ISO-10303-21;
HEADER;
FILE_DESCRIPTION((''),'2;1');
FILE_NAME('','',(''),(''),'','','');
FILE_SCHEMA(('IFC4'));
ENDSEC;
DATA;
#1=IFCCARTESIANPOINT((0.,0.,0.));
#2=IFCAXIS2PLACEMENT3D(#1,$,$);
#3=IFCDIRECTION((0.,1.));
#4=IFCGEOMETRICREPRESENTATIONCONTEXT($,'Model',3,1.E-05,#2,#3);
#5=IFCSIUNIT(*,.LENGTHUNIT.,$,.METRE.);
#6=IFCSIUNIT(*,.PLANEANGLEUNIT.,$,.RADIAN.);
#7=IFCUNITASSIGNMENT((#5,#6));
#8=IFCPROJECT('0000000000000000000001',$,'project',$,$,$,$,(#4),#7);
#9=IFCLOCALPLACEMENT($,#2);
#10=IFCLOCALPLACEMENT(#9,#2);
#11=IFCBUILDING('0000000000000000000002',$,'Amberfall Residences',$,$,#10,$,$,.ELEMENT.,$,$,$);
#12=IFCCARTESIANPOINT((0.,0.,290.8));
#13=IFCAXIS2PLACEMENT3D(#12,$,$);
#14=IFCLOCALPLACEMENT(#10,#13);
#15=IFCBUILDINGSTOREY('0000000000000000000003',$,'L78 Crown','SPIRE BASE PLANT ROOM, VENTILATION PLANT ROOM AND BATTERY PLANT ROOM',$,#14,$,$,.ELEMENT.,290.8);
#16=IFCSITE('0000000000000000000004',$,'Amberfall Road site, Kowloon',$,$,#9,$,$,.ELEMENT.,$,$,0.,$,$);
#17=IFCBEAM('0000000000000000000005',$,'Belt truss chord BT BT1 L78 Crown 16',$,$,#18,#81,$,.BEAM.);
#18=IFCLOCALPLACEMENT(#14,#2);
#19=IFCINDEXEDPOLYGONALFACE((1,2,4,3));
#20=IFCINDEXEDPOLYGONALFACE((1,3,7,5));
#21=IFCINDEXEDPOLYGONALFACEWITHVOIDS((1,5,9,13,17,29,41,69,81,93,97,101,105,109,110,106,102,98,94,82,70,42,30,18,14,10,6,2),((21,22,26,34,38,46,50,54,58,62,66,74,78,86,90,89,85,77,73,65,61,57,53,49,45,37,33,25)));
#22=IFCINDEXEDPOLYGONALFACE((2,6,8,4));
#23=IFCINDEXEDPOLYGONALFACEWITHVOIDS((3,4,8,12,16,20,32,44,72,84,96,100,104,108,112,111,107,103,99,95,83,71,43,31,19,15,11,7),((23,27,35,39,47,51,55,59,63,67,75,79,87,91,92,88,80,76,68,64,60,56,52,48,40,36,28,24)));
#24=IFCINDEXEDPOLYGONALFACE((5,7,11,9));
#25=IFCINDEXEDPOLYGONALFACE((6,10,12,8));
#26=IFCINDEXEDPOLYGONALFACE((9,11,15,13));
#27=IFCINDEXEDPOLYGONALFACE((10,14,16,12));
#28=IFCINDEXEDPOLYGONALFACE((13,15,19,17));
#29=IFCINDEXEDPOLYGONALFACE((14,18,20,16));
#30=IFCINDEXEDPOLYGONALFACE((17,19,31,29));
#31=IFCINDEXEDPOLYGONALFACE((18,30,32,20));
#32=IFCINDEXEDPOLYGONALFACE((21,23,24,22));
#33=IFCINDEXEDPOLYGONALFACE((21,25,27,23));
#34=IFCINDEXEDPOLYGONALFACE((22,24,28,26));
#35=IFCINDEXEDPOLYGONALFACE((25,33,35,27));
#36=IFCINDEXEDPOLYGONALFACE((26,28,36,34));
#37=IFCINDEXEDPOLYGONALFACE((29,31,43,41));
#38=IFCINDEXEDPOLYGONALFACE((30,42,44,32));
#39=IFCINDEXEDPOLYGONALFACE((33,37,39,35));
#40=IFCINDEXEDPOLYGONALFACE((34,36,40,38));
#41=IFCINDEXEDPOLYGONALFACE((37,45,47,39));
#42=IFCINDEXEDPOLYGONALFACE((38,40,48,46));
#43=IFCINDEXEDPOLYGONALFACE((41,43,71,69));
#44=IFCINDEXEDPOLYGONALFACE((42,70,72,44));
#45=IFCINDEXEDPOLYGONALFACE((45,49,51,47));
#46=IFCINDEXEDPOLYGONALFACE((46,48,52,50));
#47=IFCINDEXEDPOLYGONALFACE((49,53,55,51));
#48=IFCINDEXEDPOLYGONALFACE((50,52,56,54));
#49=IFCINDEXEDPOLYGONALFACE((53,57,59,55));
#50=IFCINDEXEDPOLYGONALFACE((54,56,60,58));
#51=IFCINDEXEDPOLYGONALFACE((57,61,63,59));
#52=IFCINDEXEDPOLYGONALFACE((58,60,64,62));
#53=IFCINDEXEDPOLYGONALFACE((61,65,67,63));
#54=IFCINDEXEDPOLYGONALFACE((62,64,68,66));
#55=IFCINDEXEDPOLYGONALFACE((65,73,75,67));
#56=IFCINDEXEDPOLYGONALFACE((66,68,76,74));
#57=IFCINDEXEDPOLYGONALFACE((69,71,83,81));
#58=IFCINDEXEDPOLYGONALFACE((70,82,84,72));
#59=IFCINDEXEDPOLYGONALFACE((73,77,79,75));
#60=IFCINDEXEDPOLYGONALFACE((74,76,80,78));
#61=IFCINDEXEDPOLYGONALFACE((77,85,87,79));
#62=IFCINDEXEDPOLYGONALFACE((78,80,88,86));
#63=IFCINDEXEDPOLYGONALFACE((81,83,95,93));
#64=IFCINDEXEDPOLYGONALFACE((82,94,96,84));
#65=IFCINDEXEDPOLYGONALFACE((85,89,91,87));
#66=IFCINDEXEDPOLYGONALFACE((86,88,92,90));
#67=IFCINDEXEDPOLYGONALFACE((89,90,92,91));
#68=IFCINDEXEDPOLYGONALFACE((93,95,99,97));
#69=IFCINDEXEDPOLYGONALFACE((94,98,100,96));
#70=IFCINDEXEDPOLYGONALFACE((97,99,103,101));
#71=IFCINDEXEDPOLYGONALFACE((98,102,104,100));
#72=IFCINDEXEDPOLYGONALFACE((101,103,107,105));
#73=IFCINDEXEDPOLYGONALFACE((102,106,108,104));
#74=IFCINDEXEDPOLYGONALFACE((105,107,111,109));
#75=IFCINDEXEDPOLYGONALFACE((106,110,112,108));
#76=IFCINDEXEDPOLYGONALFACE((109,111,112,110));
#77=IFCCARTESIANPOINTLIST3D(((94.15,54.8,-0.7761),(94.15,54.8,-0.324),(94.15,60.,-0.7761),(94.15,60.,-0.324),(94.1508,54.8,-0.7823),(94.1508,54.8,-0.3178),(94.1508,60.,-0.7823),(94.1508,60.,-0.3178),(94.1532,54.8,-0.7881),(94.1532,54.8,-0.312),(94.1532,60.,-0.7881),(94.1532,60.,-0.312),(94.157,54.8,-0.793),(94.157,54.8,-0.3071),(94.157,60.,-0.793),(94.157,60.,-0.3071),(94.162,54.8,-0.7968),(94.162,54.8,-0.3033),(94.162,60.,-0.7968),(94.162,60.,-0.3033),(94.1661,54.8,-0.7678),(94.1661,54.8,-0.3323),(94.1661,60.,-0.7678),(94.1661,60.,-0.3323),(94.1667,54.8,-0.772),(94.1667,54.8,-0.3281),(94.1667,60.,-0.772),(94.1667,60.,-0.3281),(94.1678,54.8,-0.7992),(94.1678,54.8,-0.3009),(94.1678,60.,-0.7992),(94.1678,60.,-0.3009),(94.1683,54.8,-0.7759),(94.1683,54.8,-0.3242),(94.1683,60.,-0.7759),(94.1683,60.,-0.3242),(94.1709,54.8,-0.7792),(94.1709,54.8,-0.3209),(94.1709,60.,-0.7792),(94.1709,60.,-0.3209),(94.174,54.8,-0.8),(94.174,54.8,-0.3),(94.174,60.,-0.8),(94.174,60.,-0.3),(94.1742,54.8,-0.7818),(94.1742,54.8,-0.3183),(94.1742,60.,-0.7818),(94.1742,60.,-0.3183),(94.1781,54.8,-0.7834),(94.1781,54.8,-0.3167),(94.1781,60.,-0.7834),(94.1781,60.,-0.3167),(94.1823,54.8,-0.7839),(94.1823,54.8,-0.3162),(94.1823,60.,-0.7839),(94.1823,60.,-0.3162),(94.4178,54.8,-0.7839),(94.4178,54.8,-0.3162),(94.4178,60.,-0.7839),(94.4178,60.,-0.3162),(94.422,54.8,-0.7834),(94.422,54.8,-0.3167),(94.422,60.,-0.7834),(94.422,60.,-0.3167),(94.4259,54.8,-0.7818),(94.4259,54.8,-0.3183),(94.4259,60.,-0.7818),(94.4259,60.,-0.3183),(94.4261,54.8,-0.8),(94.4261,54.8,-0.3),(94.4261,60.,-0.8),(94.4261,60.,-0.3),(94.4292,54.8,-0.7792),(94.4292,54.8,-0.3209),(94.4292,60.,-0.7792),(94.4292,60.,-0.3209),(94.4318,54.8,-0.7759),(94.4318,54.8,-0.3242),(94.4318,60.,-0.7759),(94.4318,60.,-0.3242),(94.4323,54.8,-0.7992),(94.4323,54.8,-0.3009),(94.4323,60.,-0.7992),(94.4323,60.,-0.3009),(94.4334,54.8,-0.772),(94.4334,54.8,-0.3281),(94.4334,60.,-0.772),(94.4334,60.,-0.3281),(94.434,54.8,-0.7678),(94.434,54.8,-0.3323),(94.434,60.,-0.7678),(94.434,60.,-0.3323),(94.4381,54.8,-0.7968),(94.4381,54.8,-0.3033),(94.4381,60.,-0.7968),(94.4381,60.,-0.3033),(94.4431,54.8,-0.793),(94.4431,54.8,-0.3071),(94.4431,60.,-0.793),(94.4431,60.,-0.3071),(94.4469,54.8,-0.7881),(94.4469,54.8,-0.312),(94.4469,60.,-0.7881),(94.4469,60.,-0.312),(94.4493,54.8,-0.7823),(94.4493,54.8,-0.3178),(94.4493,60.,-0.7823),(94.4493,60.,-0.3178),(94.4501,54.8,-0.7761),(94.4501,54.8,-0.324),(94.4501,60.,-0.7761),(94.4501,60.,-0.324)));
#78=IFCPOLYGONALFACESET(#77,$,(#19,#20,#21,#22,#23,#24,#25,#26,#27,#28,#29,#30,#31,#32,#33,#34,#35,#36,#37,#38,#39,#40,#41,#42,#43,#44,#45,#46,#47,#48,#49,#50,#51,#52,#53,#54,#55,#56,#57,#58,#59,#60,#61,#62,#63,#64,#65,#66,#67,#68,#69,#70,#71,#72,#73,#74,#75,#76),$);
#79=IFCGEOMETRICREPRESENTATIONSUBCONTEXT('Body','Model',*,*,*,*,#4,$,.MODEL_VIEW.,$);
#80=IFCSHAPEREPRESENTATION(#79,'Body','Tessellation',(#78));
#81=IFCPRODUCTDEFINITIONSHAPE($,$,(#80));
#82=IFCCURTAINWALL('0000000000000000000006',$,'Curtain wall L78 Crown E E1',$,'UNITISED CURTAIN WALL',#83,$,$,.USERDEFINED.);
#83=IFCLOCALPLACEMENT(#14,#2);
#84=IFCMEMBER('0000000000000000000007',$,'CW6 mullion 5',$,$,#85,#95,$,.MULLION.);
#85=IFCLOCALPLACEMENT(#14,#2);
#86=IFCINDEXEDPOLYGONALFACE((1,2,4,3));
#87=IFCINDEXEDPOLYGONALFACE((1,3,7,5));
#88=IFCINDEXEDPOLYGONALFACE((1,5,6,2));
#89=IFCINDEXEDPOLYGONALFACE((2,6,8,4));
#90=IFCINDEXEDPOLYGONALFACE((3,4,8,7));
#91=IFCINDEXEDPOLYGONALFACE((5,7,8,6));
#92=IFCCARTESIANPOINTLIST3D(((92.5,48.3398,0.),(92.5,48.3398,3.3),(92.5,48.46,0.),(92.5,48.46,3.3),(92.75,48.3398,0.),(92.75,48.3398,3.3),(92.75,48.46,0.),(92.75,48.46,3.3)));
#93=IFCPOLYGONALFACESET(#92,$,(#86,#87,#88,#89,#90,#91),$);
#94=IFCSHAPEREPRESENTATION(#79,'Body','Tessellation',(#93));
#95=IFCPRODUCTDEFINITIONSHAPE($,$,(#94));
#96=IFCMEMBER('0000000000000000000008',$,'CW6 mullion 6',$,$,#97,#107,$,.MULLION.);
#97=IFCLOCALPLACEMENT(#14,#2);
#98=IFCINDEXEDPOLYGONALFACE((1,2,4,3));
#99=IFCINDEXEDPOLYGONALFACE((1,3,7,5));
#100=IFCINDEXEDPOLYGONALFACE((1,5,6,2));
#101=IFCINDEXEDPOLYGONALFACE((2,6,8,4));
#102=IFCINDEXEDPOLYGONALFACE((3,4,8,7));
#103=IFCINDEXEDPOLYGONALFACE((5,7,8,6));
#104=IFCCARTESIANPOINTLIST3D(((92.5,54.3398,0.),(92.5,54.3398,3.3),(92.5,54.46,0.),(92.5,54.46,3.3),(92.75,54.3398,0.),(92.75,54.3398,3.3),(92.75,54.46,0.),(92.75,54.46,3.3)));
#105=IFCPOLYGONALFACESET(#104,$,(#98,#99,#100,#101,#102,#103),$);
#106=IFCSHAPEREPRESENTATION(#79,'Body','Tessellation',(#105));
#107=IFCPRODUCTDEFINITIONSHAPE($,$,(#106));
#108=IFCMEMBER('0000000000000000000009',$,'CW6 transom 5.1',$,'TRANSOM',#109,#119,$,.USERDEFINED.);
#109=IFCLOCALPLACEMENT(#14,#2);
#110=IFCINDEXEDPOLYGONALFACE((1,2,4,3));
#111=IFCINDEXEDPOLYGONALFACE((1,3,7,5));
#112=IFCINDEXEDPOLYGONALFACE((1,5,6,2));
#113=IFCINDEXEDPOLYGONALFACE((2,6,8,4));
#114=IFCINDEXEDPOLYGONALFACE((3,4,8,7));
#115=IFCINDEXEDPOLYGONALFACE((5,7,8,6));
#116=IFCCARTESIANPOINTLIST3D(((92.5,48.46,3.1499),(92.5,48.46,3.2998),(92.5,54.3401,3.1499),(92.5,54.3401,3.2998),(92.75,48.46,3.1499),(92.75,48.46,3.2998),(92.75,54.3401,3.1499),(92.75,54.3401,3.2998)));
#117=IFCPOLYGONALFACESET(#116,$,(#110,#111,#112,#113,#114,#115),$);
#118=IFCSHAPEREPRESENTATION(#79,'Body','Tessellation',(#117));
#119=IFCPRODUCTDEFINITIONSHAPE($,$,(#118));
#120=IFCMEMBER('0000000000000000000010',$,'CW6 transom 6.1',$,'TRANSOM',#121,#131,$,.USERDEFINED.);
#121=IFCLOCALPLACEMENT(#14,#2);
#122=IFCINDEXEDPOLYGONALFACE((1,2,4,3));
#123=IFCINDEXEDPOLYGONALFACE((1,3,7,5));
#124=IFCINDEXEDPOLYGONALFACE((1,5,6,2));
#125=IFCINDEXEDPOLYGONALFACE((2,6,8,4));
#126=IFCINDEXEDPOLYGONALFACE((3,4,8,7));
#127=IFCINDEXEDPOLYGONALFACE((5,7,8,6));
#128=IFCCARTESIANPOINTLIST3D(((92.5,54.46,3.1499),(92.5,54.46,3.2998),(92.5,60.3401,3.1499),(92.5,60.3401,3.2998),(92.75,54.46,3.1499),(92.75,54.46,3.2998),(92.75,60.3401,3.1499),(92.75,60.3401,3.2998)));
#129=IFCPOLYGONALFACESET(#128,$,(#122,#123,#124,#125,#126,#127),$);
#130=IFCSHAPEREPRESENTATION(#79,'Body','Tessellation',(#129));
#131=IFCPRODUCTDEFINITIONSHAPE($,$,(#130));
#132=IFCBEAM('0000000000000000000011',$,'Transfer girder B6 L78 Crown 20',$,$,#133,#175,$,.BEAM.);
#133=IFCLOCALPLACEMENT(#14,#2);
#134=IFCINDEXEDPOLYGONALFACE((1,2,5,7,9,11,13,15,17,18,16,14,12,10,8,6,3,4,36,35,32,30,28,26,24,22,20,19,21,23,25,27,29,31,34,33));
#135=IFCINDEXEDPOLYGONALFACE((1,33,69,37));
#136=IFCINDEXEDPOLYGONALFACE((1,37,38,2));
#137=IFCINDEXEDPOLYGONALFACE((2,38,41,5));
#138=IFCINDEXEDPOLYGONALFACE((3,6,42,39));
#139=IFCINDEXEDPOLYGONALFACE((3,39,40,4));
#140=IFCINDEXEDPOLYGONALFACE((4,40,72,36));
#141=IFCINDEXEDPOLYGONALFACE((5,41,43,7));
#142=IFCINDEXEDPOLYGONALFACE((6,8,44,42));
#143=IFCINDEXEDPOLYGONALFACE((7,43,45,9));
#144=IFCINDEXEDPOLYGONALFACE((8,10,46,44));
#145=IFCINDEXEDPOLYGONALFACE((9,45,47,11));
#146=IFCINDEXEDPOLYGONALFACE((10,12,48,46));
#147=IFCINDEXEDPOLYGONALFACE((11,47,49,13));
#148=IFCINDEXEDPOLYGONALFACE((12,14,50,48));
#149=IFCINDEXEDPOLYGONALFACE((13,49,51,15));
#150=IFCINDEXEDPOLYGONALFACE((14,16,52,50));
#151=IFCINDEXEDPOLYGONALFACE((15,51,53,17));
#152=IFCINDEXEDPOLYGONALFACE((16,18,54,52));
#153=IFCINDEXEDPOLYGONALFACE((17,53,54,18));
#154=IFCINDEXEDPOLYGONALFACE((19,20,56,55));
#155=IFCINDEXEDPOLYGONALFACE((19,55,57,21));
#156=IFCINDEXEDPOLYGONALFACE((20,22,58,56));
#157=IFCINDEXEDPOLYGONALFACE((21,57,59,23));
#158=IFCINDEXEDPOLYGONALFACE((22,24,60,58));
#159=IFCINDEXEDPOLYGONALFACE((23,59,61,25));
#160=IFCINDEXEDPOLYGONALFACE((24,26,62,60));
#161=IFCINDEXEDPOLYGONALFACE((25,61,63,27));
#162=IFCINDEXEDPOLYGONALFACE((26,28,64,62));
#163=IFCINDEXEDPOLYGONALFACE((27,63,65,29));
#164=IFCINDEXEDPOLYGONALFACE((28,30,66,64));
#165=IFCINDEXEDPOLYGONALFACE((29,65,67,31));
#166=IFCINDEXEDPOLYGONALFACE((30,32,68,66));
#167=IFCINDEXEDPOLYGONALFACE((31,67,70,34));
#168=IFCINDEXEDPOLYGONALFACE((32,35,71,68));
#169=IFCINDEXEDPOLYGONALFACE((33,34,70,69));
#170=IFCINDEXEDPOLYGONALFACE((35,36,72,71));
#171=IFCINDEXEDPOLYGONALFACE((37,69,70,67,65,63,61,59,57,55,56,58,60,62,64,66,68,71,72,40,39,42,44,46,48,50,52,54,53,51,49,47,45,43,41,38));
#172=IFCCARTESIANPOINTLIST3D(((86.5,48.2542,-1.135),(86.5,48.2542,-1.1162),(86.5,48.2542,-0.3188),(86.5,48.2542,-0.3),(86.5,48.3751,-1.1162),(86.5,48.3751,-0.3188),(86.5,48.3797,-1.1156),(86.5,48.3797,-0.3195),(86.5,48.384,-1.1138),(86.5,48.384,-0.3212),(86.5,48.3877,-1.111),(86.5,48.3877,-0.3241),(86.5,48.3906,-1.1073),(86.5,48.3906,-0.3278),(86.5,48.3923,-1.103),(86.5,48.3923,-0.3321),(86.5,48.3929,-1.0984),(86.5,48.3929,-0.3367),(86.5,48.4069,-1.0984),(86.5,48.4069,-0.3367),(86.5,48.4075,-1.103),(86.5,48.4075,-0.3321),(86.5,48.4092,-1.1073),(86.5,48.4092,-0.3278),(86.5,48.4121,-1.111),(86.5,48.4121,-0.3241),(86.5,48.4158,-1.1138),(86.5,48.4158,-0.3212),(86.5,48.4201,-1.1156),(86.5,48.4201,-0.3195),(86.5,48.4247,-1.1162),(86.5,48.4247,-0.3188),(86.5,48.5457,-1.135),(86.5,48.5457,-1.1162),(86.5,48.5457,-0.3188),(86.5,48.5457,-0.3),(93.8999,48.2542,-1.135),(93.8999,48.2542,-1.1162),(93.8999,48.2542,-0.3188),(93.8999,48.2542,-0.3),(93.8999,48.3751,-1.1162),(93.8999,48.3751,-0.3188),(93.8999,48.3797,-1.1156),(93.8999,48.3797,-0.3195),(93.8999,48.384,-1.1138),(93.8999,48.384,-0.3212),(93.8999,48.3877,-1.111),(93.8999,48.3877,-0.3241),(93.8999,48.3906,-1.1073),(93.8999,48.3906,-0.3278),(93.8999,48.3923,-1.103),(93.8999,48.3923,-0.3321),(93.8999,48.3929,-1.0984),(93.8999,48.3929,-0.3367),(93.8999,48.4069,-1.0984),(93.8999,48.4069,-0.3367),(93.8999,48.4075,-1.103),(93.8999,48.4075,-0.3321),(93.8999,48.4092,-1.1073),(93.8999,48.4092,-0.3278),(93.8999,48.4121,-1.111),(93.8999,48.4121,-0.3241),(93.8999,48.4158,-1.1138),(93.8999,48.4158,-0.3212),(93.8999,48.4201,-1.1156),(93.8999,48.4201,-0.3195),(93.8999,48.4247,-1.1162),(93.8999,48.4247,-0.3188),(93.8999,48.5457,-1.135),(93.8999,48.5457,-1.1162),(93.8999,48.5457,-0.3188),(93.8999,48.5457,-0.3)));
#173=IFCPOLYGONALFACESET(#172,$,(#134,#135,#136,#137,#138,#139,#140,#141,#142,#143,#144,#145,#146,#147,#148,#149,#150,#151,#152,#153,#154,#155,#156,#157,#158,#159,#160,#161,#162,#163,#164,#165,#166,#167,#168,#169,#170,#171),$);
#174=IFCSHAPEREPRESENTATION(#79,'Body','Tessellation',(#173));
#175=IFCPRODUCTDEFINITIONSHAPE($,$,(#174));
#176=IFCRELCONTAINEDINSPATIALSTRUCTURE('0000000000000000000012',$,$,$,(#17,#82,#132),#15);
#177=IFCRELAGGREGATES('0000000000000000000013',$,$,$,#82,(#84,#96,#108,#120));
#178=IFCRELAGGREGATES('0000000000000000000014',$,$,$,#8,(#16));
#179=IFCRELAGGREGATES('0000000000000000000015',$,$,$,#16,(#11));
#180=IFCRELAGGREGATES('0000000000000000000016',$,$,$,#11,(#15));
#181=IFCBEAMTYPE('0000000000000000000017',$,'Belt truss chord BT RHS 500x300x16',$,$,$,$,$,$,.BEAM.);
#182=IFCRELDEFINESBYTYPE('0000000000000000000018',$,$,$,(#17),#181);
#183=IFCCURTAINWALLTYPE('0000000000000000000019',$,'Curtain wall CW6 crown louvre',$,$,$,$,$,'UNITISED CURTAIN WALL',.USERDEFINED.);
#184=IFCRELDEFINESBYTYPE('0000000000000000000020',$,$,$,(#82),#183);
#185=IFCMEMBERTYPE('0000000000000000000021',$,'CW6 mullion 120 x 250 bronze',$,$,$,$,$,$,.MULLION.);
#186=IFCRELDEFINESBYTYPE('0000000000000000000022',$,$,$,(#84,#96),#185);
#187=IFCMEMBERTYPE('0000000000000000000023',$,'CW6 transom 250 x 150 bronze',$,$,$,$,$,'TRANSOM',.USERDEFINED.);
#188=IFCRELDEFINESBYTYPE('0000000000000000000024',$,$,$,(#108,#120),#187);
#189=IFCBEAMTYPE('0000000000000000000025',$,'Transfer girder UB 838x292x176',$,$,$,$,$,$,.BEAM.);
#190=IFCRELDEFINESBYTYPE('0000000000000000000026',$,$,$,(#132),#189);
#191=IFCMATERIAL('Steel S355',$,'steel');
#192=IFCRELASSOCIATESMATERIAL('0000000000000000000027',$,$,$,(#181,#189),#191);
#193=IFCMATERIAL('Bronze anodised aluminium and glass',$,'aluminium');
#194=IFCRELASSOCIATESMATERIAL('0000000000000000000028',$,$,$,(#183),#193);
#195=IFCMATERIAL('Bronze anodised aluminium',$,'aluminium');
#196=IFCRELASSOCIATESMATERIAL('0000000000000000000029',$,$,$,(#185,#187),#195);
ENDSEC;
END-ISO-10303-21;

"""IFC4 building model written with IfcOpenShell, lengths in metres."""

from ifc_helpers import new_model, si_unit, direction, frame, origin, origin_2d, place, context, subcontext, project, spatial, rectangle, hollow_rectangle, i_section, extrude, material, material_profile, profile_set, type_object, element, aggregate, save


model = new_model("IFC4")

# Units and contexts
model_context = context("Model", 3, precision=1e-05, world=origin(), true_north=direction((0.0, 1.0)))
body_context = subcontext(model_context, "Body", "Model", "MODEL_VIEW")
ifc_project = project(units=[si_unit("LENGTHUNIT", "METRE"), si_unit("PLANEANGLEUNIT", "RADIAN")], contexts=[model_context])

# Site, building, storey
site_placement = place(None, origin())
site = spatial("IfcSite", under=ifc_project, at=site_placement, Name="Amberfall Road site, Kowloon", CompositionType="ELEMENT", RefElevation=0.0)
building_placement = place(site_placement, origin())
building = spatial("IfcBuilding", under=site, at=building_placement, Name="Amberfall Residences", CompositionType="ELEMENT")
storey_placement = place(building_placement, frame((0.0, 0.0, 290.8)))
storey = spatial("IfcBuildingStorey", under=building, at=storey_placement, Name="L78 Crown", Description="SPIRE BASE PLANT ROOM, VENTILATION PLANT ROOM AND BATTERY PLANT ROOM", CompositionType="ELEMENT", Elevation=290.8)

# Beam
ifc_material_1 = material(Name="Steel S355", Category="steel")
ifc_material_profile_1 = material_profile(ifc_material_1, hollow_rectangle(XDim=0.3, YDim=0.5, WallThickness=0.0161, InnerFilletRadius=0.0161, OuterFilletRadius=0.0239, at=origin_2d()), Name="RHS 500x300x16")
ifc_profile_set_1 = profile_set([ifc_material_profile_1], Name="Steel S355")
beam_type_1 = type_object("IfcBeamType", Name="Belt truss chord BT RHS 500x300x16", PredefinedType="BEAM", material=ifc_profile_set_1)
for number, where, z_axis, x_axis, name in (
    (1, (94.3, 54.8, -0.55), (0.0, 1.0, 0.0), (-1.0, 0.0, 0.0), "Belt truss chord BT BT1 L78 Crown 16"),
):
    element("IfcBeam", number, at=place(storey_placement, frame(where, z_axis=z_axis, x_axis=x_axis)), inside=storey, type_object=beam_type_1, Name=name, PredefinedType="BEAM", context=body_context, shape_type="SweptSolid", body=[
        extrude(hollow_rectangle(XDim=0.3, YDim=0.5, WallThickness=0.0161, InnerFilletRadius=0.0161, OuterFilletRadius=0.0239, at=origin_2d()), origin(), (0.0, 0.0, 1.0), 5.2),
    ])

# Curtain wall, members
ifc_material_2 = material(Name="Bronze anodised aluminium and glass", Category="aluminium")
curtain_wall_type = type_object("IfcCurtainWallType", Name="Curtain wall CW6 crown louvre", ElementType="UNITISED CURTAIN WALL", PredefinedType="USERDEFINED", material=ifc_material_2)
curtain_wall_placement = place(storey_placement, origin())
curtain_wall = element("IfcCurtainWall", 2, at=curtain_wall_placement, inside=storey, type_object=curtain_wall_type, Name="Curtain wall L78 Crown E E1", ObjectType="UNITISED CURTAIN WALL", PredefinedType="USERDEFINED")
ifc_material_3 = material(Name="Bronze anodised aluminium", Category="aluminium")
ifc_material_profile_2 = material_profile(ifc_material_3, rectangle(XDim=0.25, YDim=0.1201, at=origin_2d()), Name="CW6 mullion 120 x 250 bronze")
ifc_profile_set_2 = profile_set([ifc_material_profile_2], Name="Bronze anodised aluminium")
member_type_1 = type_object("IfcMemberType", Name="CW6 mullion 120 x 250 bronze", PredefinedType="MULLION", material=ifc_profile_set_2)
member_1_placement = place(storey_placement, frame((92.625, 48.3999, 0.0), z_axis=(0.0, 0.0, 1.0), x_axis=(-1.0, 0.0, 0.0)))
member_1 = element("IfcMember", 3, at=member_1_placement, type_object=member_type_1, Name="CW6 mullion 5", PredefinedType="MULLION", context=body_context, shape_type="SweptSolid", body=[
    extrude(rectangle(XDim=0.25, YDim=0.1201, at=origin_2d()), origin(), (0.0, 0.0, 1.0), 3.3),
])
member_2_placement = place(storey_placement, frame((92.625, 54.3999, 0.0), z_axis=(0.0, 0.0, 1.0), x_axis=(-1.0, 0.0, 0.0)))
member_2 = element("IfcMember", 4, at=member_2_placement, type_object=member_type_1, Name="CW6 mullion 6", PredefinedType="MULLION", context=body_context, shape_type="SweptSolid", body=[
    extrude(rectangle(XDim=0.25, YDim=0.1201, at=origin_2d()), origin(), (0.0, 0.0, 1.0), 3.3),
])
ifc_material_profile_3 = material_profile(ifc_material_3, rectangle(XDim=0.25, YDim=0.1499, at=origin_2d()), Name="CW6 transom 250 x 150 bronze")
ifc_profile_set_3 = profile_set([ifc_material_profile_3], Name="Bronze anodised aluminium")
member_type_2 = type_object("IfcMemberType", Name="CW6 transom 250 x 150 bronze", ElementType="TRANSOM", PredefinedType="USERDEFINED", material=ifc_profile_set_3)
member_3_placement = place(storey_placement, frame((92.625, 48.46, 3.2249), z_axis=(0.0, 1.0, 0.0), x_axis=(-1.0, 0.0, 0.0)))
member_3 = element("IfcMember", 5, at=member_3_placement, type_object=member_type_2, Name="CW6 transom 5.1", ObjectType="TRANSOM", PredefinedType="USERDEFINED", context=body_context, shape_type="SweptSolid", body=[
    extrude(rectangle(XDim=0.25, YDim=0.1499, at=origin_2d()), origin(), (0.0, 0.0, 1.0), 5.8801),
])
member_4_placement = place(storey_placement, frame((92.625, 54.46, 3.2249), z_axis=(0.0, 1.0, 0.0), x_axis=(-1.0, 0.0, 0.0)))
member_4 = element("IfcMember", 6, at=member_4_placement, type_object=member_type_2, Name="CW6 transom 6.1", ObjectType="TRANSOM", PredefinedType="USERDEFINED", context=body_context, shape_type="SweptSolid", body=[
    extrude(rectangle(XDim=0.25, YDim=0.1499, at=origin_2d()), origin(), (0.0, 0.0, 1.0), 5.8801),
])

# Beam
ifc_material_profile_4 = material_profile(ifc_material_1, i_section(OverallWidth=0.2915, OverallDepth=0.835, WebThickness=0.0139, FlangeThickness=0.0188, FilletRadius=0.0178, at=origin_2d()), Name="UB 838x292x176")
ifc_profile_set_4 = profile_set([ifc_material_profile_4], Name="Steel S355")
beam_type_2 = type_object("IfcBeamType", Name="Transfer girder UB 838x292x176", PredefinedType="BEAM", material=ifc_profile_set_4)
for number, where, z_axis, x_axis, name in (
    (7, (93.8999, 48.3999, -0.7175), (-1.0, 0.0, 0.0), (0.0, -1.0, 0.0), "Transfer girder B6 L78 Crown 20"),
):
    element("IfcBeam", number, at=place(storey_placement, frame(where, z_axis=z_axis, x_axis=x_axis)), inside=storey, type_object=beam_type_2, Name=name, PredefinedType="BEAM", context=body_context, shape_type="SweptSolid", body=[
        extrude(i_section(OverallWidth=0.2915, OverallDepth=0.835, WebThickness=0.0139, FlangeThickness=0.0188, FilletRadius=0.0178, at=origin_2d()), origin(), (0.0, 0.0, 1.0), 7.3999),
    ])

aggregate(curtain_wall, [member_1, member_2, member_3, member_4])

save(model, "model.ifc")
